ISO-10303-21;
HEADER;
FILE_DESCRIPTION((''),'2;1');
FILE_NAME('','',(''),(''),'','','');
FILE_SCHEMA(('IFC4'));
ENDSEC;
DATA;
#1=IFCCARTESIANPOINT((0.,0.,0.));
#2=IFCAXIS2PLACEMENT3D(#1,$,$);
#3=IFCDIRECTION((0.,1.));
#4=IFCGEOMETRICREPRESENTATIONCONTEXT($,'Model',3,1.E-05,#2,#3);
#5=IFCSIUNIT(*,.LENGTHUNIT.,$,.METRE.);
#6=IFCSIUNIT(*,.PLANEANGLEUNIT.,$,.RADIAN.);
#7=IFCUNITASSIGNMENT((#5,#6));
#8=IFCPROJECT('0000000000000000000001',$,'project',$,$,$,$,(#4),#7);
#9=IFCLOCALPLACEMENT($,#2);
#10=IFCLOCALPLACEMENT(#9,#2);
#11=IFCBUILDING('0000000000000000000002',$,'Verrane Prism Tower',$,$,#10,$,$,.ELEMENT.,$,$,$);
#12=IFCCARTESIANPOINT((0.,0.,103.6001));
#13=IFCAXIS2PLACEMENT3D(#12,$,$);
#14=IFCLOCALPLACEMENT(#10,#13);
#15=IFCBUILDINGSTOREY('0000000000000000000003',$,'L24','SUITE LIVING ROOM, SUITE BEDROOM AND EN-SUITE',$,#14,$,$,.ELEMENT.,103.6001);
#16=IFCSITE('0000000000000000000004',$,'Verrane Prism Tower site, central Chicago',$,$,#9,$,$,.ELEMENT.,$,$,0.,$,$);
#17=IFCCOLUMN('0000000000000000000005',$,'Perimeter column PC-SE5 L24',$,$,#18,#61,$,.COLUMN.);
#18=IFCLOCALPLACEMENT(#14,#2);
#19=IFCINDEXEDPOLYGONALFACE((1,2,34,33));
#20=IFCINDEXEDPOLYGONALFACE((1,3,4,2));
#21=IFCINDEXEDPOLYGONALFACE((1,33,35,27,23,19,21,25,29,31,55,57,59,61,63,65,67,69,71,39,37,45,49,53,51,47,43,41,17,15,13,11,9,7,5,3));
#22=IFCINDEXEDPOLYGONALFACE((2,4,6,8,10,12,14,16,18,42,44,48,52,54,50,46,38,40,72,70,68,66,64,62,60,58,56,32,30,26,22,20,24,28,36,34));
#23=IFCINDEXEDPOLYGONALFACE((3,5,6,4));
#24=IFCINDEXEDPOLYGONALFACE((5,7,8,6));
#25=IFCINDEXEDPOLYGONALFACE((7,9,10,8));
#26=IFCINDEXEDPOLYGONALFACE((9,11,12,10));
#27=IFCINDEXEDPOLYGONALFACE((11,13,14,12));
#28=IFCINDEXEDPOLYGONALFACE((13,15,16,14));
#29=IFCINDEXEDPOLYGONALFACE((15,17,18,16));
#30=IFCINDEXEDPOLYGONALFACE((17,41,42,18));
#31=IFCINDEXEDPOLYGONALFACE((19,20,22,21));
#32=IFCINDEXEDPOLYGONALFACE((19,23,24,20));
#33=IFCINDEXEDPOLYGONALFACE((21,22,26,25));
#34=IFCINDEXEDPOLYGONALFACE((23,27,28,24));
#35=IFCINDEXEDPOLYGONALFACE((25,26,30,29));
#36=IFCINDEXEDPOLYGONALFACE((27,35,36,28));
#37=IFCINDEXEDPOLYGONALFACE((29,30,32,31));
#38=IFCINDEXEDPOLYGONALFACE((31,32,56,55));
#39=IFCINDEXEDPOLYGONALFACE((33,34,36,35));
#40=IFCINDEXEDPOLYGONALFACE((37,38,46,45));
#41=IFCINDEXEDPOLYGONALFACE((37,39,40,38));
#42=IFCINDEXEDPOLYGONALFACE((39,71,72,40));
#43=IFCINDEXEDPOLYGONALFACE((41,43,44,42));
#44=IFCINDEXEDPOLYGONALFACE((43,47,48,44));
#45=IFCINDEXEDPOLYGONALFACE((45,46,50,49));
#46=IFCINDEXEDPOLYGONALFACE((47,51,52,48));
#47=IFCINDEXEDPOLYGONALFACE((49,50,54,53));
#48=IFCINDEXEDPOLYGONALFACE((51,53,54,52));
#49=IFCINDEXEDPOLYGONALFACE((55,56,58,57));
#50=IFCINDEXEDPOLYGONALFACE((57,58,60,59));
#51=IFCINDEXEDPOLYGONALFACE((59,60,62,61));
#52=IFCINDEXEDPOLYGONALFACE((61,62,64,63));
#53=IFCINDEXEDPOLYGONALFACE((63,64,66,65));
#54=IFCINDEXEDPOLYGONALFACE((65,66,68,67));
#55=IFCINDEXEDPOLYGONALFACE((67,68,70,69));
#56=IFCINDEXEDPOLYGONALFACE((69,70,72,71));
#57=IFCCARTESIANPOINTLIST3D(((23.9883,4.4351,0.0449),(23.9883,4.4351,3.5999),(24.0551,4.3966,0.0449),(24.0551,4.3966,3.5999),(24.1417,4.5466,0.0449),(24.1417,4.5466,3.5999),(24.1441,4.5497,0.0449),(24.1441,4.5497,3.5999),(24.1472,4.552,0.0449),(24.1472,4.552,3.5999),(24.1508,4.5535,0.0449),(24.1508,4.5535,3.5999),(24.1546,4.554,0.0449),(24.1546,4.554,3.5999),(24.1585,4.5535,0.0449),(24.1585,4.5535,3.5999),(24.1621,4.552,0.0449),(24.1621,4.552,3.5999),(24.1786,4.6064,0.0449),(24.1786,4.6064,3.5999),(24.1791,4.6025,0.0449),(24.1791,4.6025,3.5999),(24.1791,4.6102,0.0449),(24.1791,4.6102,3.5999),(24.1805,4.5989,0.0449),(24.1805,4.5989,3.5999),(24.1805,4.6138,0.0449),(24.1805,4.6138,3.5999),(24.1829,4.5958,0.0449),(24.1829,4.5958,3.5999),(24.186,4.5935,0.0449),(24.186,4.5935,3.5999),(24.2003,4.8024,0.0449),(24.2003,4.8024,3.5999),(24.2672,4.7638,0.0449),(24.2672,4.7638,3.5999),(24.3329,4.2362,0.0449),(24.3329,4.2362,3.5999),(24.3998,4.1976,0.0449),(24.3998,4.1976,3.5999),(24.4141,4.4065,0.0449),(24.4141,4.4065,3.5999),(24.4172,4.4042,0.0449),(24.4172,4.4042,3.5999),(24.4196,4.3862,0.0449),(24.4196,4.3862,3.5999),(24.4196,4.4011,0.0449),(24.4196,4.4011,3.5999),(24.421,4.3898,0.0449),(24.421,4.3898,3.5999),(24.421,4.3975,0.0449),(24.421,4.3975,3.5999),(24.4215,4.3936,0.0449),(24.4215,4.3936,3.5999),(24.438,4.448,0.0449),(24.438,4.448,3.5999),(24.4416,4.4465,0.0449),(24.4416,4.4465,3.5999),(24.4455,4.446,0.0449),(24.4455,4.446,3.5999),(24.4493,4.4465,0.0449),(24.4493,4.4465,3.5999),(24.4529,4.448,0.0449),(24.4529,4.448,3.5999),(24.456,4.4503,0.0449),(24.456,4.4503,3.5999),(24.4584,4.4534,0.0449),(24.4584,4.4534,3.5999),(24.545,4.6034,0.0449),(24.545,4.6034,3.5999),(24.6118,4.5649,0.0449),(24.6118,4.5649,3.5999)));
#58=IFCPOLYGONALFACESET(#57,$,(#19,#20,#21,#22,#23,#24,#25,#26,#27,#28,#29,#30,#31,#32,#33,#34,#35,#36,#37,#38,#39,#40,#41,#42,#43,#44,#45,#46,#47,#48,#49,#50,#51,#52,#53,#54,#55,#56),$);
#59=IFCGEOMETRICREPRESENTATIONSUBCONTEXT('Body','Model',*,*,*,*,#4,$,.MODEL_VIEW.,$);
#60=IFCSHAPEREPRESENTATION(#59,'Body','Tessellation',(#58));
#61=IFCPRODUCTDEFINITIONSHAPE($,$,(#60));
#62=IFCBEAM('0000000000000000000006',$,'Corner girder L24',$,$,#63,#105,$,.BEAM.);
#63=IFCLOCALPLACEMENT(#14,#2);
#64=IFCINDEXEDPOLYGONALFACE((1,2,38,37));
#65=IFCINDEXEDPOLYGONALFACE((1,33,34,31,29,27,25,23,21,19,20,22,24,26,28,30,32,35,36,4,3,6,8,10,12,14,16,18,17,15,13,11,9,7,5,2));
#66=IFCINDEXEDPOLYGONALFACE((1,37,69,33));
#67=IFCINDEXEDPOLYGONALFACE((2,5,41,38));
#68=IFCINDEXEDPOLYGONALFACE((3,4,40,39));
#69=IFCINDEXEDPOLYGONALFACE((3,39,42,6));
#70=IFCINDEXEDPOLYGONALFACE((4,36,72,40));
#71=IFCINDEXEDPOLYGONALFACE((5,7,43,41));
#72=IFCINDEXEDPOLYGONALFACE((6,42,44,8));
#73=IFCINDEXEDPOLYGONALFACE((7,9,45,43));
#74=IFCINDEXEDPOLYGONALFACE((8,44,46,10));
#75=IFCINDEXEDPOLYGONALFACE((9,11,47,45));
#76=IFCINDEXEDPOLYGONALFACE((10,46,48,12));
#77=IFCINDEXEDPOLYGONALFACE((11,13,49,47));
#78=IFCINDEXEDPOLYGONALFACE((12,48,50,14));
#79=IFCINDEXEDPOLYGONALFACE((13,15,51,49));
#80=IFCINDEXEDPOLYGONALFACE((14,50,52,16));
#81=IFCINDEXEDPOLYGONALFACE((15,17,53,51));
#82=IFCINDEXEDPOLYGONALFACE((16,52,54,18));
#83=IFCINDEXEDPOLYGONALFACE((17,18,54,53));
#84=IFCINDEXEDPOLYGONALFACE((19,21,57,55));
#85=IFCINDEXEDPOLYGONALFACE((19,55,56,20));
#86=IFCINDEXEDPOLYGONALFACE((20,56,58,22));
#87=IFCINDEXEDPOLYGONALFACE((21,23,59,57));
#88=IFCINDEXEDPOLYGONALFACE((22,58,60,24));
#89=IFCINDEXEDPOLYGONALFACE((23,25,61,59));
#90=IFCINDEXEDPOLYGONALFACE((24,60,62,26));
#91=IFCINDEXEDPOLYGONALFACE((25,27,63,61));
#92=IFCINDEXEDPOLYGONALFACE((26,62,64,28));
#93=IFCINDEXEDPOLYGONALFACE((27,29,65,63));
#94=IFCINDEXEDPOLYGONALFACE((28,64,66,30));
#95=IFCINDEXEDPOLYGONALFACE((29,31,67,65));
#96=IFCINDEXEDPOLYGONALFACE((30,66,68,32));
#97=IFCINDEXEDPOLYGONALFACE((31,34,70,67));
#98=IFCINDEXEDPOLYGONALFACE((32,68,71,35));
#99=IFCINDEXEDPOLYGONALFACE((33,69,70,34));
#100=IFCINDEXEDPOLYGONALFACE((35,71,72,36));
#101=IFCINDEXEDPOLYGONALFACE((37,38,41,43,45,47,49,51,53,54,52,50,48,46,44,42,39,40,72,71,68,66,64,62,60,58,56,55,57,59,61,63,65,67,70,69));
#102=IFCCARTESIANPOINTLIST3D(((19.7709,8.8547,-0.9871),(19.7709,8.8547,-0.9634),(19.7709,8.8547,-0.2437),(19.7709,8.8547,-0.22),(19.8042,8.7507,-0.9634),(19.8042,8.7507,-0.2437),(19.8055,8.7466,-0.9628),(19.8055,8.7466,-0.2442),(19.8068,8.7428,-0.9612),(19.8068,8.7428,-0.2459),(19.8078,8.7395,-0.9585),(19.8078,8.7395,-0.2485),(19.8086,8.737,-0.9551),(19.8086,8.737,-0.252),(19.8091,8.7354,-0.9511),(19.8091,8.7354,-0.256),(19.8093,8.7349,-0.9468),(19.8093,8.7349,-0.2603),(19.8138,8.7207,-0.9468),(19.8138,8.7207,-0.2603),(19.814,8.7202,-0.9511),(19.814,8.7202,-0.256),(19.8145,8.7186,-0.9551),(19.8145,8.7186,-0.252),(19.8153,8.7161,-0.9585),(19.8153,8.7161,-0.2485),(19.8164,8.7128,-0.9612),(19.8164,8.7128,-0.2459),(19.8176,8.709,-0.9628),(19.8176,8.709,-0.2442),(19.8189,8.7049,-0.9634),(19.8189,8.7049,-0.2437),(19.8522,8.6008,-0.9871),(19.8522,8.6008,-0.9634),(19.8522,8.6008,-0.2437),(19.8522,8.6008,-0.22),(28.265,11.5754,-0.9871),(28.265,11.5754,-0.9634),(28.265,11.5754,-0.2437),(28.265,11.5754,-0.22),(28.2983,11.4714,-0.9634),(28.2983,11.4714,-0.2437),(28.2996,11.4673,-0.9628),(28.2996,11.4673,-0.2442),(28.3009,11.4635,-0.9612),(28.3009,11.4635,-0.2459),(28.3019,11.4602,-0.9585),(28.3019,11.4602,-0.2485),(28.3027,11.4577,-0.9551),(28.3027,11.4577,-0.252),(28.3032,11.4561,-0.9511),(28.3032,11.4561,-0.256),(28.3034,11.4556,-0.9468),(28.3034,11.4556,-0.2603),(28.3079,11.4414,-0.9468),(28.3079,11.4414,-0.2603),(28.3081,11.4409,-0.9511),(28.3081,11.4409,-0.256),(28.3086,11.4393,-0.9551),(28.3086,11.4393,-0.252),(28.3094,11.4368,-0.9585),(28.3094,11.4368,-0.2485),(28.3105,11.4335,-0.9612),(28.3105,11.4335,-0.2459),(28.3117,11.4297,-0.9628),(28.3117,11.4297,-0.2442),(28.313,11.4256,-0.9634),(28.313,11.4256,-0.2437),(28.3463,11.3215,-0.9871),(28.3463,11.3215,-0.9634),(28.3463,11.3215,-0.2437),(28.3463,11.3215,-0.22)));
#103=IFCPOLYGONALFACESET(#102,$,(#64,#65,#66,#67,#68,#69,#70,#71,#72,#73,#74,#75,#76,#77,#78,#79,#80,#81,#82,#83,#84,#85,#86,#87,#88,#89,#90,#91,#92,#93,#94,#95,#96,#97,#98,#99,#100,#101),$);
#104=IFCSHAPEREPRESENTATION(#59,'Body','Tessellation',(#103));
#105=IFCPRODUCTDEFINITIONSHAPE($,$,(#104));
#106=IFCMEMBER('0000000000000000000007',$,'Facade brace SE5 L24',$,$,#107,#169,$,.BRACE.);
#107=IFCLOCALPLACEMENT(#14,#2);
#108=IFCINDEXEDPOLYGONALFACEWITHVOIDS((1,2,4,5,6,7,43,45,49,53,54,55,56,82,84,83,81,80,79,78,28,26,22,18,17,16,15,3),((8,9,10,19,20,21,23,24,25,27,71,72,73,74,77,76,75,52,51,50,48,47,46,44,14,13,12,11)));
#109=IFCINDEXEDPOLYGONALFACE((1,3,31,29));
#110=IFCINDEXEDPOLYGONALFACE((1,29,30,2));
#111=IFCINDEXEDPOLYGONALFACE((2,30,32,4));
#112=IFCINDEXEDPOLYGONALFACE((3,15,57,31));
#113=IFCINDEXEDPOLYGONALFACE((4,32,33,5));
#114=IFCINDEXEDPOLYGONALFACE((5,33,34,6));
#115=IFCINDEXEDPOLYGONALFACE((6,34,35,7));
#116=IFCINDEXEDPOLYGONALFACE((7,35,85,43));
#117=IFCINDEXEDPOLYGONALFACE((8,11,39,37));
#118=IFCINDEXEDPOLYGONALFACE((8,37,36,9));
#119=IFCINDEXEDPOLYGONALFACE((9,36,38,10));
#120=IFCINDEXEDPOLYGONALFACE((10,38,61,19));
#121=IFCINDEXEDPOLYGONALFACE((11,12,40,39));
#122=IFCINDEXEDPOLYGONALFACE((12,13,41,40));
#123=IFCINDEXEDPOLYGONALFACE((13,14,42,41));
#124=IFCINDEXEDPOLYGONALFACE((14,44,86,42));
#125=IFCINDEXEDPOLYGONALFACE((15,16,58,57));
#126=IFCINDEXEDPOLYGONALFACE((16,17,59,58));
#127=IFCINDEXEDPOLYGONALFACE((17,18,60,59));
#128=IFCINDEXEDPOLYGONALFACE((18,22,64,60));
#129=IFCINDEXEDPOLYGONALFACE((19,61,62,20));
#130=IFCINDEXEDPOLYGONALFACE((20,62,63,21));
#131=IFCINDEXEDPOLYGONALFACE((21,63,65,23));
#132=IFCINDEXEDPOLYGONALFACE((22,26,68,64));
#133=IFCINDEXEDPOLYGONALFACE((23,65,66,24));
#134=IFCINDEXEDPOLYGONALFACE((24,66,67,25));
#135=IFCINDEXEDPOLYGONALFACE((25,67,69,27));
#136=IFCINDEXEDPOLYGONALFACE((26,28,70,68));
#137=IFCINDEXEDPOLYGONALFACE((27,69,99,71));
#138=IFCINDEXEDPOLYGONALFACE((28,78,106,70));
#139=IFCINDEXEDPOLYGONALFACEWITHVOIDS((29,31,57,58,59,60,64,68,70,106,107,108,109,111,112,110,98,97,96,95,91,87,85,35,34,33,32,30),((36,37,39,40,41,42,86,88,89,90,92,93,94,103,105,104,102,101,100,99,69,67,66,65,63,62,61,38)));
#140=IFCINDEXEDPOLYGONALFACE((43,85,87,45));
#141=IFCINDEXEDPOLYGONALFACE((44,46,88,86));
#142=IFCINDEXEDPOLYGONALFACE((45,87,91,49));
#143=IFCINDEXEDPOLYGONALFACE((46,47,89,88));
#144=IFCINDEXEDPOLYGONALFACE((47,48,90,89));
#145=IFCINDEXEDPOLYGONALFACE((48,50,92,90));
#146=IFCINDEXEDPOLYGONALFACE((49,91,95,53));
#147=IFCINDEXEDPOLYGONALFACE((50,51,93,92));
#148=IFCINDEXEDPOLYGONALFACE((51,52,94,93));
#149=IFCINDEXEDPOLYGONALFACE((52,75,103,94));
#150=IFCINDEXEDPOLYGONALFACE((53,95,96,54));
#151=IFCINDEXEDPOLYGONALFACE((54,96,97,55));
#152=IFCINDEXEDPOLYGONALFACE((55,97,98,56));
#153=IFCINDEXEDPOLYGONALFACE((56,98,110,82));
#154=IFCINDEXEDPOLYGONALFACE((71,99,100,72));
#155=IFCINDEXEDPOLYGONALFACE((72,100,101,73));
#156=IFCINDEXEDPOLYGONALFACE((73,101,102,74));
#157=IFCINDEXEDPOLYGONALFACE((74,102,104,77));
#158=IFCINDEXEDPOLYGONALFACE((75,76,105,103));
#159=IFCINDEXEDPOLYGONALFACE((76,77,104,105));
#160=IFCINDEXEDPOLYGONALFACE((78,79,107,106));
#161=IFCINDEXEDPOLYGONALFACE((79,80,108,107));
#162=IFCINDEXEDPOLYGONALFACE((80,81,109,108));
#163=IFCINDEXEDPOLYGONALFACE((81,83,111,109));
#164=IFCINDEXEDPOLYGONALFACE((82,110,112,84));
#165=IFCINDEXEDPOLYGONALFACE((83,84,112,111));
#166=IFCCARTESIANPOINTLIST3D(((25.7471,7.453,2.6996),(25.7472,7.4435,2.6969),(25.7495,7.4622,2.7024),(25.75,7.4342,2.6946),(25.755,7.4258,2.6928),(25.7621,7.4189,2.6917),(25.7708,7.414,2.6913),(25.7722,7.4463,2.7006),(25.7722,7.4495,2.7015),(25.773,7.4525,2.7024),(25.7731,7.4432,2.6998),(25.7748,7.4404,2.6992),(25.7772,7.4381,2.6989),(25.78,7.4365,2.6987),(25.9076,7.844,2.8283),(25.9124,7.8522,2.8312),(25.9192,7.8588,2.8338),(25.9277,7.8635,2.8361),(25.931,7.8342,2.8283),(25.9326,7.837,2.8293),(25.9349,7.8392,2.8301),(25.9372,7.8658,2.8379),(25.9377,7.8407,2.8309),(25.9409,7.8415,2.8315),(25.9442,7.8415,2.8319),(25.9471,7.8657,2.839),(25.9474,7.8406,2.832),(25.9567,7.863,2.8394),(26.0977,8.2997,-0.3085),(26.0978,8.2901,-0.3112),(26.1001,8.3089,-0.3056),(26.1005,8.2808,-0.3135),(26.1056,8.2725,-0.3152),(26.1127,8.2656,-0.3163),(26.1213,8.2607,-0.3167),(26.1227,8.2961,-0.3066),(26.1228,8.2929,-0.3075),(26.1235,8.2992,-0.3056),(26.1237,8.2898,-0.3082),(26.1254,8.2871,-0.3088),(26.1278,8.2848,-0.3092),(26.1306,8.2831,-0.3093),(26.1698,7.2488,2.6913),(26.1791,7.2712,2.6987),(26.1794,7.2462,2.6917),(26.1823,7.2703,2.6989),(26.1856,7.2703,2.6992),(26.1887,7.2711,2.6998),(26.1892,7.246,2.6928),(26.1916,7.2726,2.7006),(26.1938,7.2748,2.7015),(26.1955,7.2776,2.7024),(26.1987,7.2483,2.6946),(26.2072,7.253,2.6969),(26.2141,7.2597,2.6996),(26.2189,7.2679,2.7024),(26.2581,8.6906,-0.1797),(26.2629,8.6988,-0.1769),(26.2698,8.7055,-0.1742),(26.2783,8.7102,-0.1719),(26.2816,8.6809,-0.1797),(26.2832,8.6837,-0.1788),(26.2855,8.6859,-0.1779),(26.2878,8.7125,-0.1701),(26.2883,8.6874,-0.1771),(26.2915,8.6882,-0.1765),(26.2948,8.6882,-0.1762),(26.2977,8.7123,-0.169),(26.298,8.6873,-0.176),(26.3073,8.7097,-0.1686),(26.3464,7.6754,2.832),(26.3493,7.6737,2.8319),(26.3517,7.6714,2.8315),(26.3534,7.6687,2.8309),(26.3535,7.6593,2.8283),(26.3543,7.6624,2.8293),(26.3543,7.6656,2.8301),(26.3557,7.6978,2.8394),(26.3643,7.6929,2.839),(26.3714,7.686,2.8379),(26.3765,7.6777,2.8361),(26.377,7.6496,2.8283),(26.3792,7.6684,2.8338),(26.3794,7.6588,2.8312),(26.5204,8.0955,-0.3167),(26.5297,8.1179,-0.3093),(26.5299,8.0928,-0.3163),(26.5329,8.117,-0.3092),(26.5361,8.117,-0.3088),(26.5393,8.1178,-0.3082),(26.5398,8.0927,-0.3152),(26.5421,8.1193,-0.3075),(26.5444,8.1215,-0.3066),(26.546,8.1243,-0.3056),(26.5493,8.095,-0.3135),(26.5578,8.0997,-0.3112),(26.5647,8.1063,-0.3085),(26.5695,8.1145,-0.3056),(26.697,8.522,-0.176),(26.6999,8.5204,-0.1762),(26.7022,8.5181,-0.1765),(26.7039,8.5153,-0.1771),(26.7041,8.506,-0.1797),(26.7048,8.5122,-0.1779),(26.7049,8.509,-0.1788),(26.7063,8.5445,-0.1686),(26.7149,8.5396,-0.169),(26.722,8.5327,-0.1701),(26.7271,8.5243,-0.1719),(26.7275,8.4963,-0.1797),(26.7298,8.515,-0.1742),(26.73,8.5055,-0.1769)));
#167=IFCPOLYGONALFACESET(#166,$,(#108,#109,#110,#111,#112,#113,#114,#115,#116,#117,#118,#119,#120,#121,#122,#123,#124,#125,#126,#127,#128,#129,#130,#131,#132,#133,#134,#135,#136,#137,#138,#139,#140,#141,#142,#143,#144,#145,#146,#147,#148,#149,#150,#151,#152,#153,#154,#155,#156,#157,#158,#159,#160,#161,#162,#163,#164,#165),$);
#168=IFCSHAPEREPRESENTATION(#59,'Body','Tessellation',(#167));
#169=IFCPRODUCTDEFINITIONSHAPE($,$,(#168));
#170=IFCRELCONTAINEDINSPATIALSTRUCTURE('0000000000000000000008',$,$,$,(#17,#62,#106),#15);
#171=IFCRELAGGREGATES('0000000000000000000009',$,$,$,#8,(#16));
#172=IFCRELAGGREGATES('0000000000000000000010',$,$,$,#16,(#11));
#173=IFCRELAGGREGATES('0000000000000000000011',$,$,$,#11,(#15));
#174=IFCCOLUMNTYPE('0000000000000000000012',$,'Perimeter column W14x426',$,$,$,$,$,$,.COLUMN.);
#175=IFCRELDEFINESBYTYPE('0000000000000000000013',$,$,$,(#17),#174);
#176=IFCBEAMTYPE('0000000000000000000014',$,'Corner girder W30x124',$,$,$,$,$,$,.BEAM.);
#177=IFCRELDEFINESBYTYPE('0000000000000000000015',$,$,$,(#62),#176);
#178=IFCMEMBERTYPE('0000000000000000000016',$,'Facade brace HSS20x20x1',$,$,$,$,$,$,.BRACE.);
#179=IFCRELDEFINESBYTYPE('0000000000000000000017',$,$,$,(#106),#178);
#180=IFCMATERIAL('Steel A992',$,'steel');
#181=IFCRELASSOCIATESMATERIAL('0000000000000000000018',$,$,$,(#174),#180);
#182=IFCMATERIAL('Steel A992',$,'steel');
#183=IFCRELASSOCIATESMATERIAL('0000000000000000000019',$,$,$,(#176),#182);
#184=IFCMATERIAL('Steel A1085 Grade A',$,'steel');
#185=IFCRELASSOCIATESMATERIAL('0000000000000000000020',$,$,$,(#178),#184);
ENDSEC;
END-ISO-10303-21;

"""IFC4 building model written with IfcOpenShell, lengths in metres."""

from ifc_helpers import new_model, si_unit, direction, frame, origin, origin_2d, place, context, subcontext, project, spatial, hollow_rectangle, i_section, extrude, material, material_profile, profile_set, type_object, element, save


model = new_model("IFC4")

# Units and contexts
model_context = context("Model", 3, precision=1e-05, world=origin(), true_north=direction((0.0, 1.0)))
body_context = subcontext(model_context, "Body", "Model", "MODEL_VIEW")
ifc_project = project(units=[si_unit("LENGTHUNIT", "METRE"), si_unit("PLANEANGLEUNIT", "RADIAN")], contexts=[model_context])

# Site, building, storey
site_placement = place(None, origin())
site = spatial("IfcSite", under=ifc_project, at=site_placement, Name="Verrane Prism Tower site, central Chicago", CompositionType="ELEMENT", RefElevation=0.0)
building_placement = place(site_placement, origin())
building = spatial("IfcBuilding", under=site, at=building_placement, Name="Verrane Prism Tower", CompositionType="ELEMENT")
storey_placement = place(building_placement, frame((0.0, 0.0, 103.6001)))
storey = spatial("IfcBuildingStorey", under=building, at=storey_placement, Name="L24", Description="SUITE LIVING ROOM, SUITE BEDROOM AND EN-SUITE", CompositionType="ELEMENT", Elevation=103.6001)

# Column
ifc_material_1 = material(Name="Steel A992", Category="steel")
ifc_material_profile_1 = material_profile(ifc_material_1, i_section(OverallWidth=0.4241, OverallDepth=0.4751, WebThickness=0.0479, FlangeThickness=0.0771, FilletRadius=0.0149, at=origin_2d()), Name="W14x426")
ifc_profile_set_1 = profile_set([ifc_material_profile_1], Name="Steel A992")
column_type = type_object("IfcColumnType", Name="Perimeter column W14x426", PredefinedType="COLUMN", material=ifc_profile_set_1)
column_placement = place(storey_placement, frame((24.3, 4.5, 0.0449), z_axis=(0.0, 0.0, 1.0), x_axis=(-0.5, -0.866025, 0.0)))
element("IfcColumn", 1, at=column_placement, inside=storey, type_object=column_type, Name="Perimeter column PC-SE5 L24", PredefinedType="COLUMN", context=body_context, shape_type="SweptSolid", body=[
    extrude(i_section(OverallWidth=0.4241, OverallDepth=0.4751, WebThickness=0.0479, FlangeThickness=0.0771, FilletRadius=0.0149, at=origin_2d()), origin(), (0.0, 0.0, 1.0), 3.5549),
])

# Beam
ifc_material_2 = material(Name="Steel A992", Category="steel")
ifc_material_profile_2 = material_profile(ifc_material_2, i_section(OverallWidth=0.2666, OverallDepth=0.7671, WebThickness=0.0149, FlangeThickness=0.0237, FilletRadius=0.0166, at=origin_2d()), Name="W30x124")
ifc_profile_set_2 = profile_set([ifc_material_profile_2], Name="Steel A992")
beam_type_1 = type_object("IfcBeamType", Name="Corner girder W30x124", PredefinedType="BEAM", material=ifc_profile_set_2)
beam_1_placement = place(storey_placement, frame((28.3057, 11.4485, -0.6035), z_axis=(-0.95234, -0.305038, 0.0), x_axis=(0.305038, -0.95234, 0.0)))
element("IfcBeam", 2, at=beam_1_placement, inside=storey, type_object=beam_type_1, Name="Corner girder L24", PredefinedType="BEAM", context=body_context, shape_type="SweptSolid", body=[
    extrude(i_section(OverallWidth=0.2666, OverallDepth=0.7671, WebThickness=0.0149, FlangeThickness=0.0237, FilletRadius=0.0166, at=origin_2d()), origin(), (0.0, 0.0, 1.0), 8.9192),
])

# Member
ifc_material_3 = material(Name="Steel A1085 Grade A", Category="steel")
ifc_material_profile_3 = material_profile(ifc_material_3, hollow_rectangle(XDim=0.5081, YDim=0.5081, WallThickness=0.0254, InnerFilletRadius=0.0127, OuterFilletRadius=0.0381, at=origin_2d()), Name="HSS20x20x1")
ifc_profile_set_3 = profile_set([ifc_material_profile_3], Name="Steel A1085 Grade A")
member_type_1 = type_object("IfcMemberType", Name="Facade brace HSS20x20x1", PredefinedType="BRACE", material=ifc_profile_set_3)
member_1_placement = place(storey_placement, frame((26.4138, 8.4026, -0.2427), z_axis=(-0.11149, -0.269253, 0.956594), x_axis=(0.923926, -0.382571, 0.0)))
element("IfcMember", 3, at=member_1_placement, inside=storey, type_object=member_type_1, Name="Facade brace SE5 L24", PredefinedType="BRACE", context=body_context, shape_type="SweptSolid", body=[
    extrude(hollow_rectangle(XDim=0.5081, YDim=0.5081, WallThickness=0.0254, InnerFilletRadius=0.0127, OuterFilletRadius=0.0381, at=origin_2d()), origin(), (0.0, 0.0, 1.0), 3.1445),
])

save(model, "model.ifc")
